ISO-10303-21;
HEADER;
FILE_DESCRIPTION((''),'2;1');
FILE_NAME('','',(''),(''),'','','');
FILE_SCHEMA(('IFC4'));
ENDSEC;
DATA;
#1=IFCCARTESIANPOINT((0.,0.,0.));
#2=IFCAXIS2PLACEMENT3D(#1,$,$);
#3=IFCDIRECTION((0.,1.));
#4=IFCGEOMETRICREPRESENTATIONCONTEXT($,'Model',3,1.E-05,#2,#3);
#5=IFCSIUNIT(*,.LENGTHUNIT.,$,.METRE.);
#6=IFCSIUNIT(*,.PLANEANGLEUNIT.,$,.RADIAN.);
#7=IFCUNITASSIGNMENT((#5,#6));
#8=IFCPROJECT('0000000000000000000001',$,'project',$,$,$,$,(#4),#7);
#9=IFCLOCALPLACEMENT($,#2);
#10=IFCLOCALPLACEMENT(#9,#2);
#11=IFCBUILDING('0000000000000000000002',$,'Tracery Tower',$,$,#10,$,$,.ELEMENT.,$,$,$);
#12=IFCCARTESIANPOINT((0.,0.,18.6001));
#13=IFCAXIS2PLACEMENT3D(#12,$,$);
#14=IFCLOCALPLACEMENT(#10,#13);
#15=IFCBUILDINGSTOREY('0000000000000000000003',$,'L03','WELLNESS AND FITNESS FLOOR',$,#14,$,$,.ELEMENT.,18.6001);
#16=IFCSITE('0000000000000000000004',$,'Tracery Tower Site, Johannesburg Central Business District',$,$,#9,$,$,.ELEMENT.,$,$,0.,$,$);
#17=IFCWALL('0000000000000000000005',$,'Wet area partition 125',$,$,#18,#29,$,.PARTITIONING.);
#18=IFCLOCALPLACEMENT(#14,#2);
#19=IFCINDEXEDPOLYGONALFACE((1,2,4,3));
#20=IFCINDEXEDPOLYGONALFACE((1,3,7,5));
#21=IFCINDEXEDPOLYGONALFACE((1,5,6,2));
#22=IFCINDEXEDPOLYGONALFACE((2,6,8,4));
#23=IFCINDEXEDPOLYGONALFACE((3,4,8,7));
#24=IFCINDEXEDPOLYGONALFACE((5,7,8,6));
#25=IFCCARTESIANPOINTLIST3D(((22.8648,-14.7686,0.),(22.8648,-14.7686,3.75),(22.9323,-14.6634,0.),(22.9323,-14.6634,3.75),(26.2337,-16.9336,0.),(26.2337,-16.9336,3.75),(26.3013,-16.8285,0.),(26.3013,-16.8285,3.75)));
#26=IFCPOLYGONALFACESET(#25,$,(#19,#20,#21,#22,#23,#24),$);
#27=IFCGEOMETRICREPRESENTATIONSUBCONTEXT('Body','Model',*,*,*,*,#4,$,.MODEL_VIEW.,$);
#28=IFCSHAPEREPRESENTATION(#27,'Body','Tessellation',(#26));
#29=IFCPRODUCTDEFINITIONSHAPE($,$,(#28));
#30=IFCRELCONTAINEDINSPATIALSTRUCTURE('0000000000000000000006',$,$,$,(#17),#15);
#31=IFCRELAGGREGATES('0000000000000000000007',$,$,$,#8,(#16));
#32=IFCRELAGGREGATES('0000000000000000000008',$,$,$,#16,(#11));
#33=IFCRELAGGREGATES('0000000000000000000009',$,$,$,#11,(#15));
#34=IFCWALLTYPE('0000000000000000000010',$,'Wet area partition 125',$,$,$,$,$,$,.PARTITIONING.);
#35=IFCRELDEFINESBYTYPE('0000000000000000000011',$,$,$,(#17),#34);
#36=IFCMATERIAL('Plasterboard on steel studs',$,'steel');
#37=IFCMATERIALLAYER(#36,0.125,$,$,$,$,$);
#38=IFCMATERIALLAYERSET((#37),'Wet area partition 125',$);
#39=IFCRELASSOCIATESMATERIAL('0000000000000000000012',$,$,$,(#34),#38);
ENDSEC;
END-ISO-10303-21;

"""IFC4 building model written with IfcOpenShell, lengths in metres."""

from ifc_helpers import new_model, si_unit, direction, frame, frame_2d, origin, place, context, subcontext, project, spatial, rectangle, extrude, material, layer, layer_set, type_object, element, save


model = new_model("IFC4")

# Units and contexts
model_context = context("Model", 3, precision=1e-05, world=origin(), true_north=direction((0.0, 1.0)))
body_context = subcontext(model_context, "Body", "Model", "MODEL_VIEW")
ifc_project = project(units=[si_unit("LENGTHUNIT", "METRE"), si_unit("PLANEANGLEUNIT", "RADIAN")], contexts=[model_context])

# Site, building, storey
site_placement = place(None, origin())
site = spatial("IfcSite", under=ifc_project, at=site_placement, Name="Tracery Tower Site, Johannesburg Central Business District", CompositionType="ELEMENT", RefElevation=0.0)
building_placement = place(site_placement, origin())
building = spatial("IfcBuilding", under=site, at=building_placement, Name="Tracery Tower", CompositionType="ELEMENT")
storey_placement = place(building_placement, frame((0.0, 0.0, 18.6001)))
storey = spatial("IfcBuildingStorey", under=building, at=storey_placement, Name="L03", Description="WELLNESS AND FITNESS FLOOR", CompositionType="ELEMENT", Elevation=18.6001)

# Wall
ifc_material_1 = material(Name="Plasterboard on steel studs", Category="steel")
ifc_layer_1 = layer(ifc_material_1, 0.125)
ifc_layer_set_1 = layer_set([ifc_layer_1], Name="Wet area partition 125")
wall_type_1 = type_object("IfcWallType", Name="Wet area partition 125", PredefinedType="PARTITIONING", material=ifc_layer_set_1)
wall_1_placement = place(storey_placement, frame((26.2676, -16.8811, 0.0), z_axis=(0.0, 0.0, 1.0), x_axis=(-0.841256, 0.540637, 0.0)))
element("IfcWall", 1, at=wall_1_placement, inside=storey, type_object=wall_type_1, Name="Wet area partition 125", PredefinedType="PARTITIONING", context=body_context, shape_type="SweptSolid", body=[
    extrude(rectangle(XDim=4.0046, YDim=0.125, at=frame_2d((2.0024, 0.0))), origin(), (0.0, 0.0, 1.0), 3.75),
])

save(model, "model.ifc")
